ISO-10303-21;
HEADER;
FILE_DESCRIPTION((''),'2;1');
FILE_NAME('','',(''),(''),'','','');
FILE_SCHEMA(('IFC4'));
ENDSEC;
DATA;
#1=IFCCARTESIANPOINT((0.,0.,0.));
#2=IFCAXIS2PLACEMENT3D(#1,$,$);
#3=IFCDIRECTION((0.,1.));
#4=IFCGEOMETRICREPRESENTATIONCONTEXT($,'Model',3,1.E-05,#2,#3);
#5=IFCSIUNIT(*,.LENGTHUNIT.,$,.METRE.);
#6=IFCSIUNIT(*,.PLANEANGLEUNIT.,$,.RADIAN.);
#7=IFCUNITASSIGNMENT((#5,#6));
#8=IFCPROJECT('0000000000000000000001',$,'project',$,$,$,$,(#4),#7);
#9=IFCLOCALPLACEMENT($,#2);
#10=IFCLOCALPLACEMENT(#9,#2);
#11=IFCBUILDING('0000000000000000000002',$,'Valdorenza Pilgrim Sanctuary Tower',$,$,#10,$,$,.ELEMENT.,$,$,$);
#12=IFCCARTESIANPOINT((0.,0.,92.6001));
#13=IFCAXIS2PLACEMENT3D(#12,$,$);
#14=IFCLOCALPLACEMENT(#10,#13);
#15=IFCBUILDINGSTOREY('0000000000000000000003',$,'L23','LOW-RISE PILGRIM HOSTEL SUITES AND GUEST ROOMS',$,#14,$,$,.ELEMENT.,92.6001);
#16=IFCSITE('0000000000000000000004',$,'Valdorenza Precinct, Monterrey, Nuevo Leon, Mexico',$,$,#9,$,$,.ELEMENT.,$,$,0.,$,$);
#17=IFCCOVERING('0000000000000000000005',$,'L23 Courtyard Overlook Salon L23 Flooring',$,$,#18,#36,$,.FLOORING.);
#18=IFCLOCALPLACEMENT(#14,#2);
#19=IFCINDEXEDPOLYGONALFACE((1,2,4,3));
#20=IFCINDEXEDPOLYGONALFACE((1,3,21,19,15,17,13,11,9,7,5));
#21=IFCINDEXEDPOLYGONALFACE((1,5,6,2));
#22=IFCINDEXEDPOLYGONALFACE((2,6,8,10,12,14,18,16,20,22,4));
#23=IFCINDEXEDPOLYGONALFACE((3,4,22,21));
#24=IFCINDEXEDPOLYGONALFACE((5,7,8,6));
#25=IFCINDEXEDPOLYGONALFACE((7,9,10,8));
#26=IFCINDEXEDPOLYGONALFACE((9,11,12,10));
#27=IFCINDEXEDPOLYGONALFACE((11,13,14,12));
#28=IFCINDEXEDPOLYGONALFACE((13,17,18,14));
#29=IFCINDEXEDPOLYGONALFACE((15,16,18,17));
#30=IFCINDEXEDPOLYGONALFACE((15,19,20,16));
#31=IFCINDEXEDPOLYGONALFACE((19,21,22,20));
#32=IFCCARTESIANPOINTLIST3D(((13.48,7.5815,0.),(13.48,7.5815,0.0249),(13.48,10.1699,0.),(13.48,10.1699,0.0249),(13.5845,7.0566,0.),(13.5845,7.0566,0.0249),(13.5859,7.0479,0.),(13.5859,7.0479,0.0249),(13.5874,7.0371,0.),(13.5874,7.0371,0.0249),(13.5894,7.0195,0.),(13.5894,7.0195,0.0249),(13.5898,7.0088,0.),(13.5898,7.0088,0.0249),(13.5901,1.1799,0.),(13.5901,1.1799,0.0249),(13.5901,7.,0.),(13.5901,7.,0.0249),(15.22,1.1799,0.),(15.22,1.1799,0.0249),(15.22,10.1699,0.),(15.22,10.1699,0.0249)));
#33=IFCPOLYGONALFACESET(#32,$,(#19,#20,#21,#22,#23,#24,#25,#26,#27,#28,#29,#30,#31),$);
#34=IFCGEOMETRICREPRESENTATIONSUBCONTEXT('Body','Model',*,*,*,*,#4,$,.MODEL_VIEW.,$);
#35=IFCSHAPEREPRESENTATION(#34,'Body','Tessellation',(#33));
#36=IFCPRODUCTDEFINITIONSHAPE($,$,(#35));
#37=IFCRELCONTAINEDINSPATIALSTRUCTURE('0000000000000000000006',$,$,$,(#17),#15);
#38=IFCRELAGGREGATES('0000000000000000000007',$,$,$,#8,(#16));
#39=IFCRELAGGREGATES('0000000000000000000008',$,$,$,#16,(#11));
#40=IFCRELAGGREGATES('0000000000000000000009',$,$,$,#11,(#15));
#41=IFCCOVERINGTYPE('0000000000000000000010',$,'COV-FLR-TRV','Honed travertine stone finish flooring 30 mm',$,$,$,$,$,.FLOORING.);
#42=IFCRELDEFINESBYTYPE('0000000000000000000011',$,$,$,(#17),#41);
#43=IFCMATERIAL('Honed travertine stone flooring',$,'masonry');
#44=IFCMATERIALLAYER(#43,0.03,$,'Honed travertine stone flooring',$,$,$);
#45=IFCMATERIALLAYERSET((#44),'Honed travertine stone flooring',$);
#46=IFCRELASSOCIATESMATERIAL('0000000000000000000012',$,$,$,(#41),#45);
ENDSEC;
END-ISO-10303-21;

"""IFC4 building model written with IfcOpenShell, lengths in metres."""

from ifc_helpers import new_model, si_unit, direction, frame, origin, place, context, subcontext, project, spatial, polyline, outline, extrude, material, layer, layer_set, type_object, element, save


model = new_model("IFC4")

# Units and contexts
model_context = context("Model", 3, precision=1e-05, world=origin(), true_north=direction((0.0, 1.0)))
body_context = subcontext(model_context, "Body", "Model", "MODEL_VIEW")
ifc_project = project(units=[si_unit("LENGTHUNIT", "METRE"), si_unit("PLANEANGLEUNIT", "RADIAN")], contexts=[model_context])

# Site, building, storey
site_placement = place(None, origin())
site = spatial("IfcSite", under=ifc_project, at=site_placement, Name="Valdorenza Precinct, Monterrey, Nuevo Leon, Mexico", CompositionType="ELEMENT", RefElevation=0.0)
building_placement = place(site_placement, origin())
building = spatial("IfcBuilding", under=site, at=building_placement, Name="Valdorenza Pilgrim Sanctuary Tower", CompositionType="ELEMENT")
storey_placement = place(building_placement, frame((0.0, 0.0, 92.6001)))
storey = spatial("IfcBuildingStorey", under=building, at=storey_placement, Name="L23", Description="LOW-RISE PILGRIM HOSTEL SUITES AND GUEST ROOMS", CompositionType="ELEMENT", Elevation=92.6001)

# Covering
ifc_material_1 = material(Name="Honed travertine stone flooring", Category="masonry")
ifc_layer_1 = layer(ifc_material_1, 0.03, Name="Honed travertine stone flooring")
ifc_layer_set_1 = layer_set([ifc_layer_1], Name="Honed travertine stone flooring")
covering_type_1 = type_object("IfcCoveringType", Name="COV-FLR-TRV", Description="Honed travertine stone finish flooring 30 mm", PredefinedType="FLOORING", material=ifc_layer_set_1)
covering_1_placement = place(storey_placement, origin())
element("IfcCovering", 1, at=covering_1_placement, inside=storey, type_object=covering_type_1, Name="L23 Courtyard Overlook Salon L23 Flooring", PredefinedType="FLOORING", context=body_context, shape_type="SweptSolid", body=[
    extrude(outline(polyline([(15.22, 10.1699), (15.22, 1.1799), (13.5901, 1.1799), (13.5901, 7.0), (13.5898, 7.0088), (13.5894, 7.0195), (13.5874, 7.0371), (13.5859, 7.0479), (13.5845, 7.0566), (13.48, 7.5815), (13.48, 10.1699), (15.22, 10.1699)])), origin(), (0.0, 0.0, 1.0), 0.0249),
])

save(model, "model.ifc")
